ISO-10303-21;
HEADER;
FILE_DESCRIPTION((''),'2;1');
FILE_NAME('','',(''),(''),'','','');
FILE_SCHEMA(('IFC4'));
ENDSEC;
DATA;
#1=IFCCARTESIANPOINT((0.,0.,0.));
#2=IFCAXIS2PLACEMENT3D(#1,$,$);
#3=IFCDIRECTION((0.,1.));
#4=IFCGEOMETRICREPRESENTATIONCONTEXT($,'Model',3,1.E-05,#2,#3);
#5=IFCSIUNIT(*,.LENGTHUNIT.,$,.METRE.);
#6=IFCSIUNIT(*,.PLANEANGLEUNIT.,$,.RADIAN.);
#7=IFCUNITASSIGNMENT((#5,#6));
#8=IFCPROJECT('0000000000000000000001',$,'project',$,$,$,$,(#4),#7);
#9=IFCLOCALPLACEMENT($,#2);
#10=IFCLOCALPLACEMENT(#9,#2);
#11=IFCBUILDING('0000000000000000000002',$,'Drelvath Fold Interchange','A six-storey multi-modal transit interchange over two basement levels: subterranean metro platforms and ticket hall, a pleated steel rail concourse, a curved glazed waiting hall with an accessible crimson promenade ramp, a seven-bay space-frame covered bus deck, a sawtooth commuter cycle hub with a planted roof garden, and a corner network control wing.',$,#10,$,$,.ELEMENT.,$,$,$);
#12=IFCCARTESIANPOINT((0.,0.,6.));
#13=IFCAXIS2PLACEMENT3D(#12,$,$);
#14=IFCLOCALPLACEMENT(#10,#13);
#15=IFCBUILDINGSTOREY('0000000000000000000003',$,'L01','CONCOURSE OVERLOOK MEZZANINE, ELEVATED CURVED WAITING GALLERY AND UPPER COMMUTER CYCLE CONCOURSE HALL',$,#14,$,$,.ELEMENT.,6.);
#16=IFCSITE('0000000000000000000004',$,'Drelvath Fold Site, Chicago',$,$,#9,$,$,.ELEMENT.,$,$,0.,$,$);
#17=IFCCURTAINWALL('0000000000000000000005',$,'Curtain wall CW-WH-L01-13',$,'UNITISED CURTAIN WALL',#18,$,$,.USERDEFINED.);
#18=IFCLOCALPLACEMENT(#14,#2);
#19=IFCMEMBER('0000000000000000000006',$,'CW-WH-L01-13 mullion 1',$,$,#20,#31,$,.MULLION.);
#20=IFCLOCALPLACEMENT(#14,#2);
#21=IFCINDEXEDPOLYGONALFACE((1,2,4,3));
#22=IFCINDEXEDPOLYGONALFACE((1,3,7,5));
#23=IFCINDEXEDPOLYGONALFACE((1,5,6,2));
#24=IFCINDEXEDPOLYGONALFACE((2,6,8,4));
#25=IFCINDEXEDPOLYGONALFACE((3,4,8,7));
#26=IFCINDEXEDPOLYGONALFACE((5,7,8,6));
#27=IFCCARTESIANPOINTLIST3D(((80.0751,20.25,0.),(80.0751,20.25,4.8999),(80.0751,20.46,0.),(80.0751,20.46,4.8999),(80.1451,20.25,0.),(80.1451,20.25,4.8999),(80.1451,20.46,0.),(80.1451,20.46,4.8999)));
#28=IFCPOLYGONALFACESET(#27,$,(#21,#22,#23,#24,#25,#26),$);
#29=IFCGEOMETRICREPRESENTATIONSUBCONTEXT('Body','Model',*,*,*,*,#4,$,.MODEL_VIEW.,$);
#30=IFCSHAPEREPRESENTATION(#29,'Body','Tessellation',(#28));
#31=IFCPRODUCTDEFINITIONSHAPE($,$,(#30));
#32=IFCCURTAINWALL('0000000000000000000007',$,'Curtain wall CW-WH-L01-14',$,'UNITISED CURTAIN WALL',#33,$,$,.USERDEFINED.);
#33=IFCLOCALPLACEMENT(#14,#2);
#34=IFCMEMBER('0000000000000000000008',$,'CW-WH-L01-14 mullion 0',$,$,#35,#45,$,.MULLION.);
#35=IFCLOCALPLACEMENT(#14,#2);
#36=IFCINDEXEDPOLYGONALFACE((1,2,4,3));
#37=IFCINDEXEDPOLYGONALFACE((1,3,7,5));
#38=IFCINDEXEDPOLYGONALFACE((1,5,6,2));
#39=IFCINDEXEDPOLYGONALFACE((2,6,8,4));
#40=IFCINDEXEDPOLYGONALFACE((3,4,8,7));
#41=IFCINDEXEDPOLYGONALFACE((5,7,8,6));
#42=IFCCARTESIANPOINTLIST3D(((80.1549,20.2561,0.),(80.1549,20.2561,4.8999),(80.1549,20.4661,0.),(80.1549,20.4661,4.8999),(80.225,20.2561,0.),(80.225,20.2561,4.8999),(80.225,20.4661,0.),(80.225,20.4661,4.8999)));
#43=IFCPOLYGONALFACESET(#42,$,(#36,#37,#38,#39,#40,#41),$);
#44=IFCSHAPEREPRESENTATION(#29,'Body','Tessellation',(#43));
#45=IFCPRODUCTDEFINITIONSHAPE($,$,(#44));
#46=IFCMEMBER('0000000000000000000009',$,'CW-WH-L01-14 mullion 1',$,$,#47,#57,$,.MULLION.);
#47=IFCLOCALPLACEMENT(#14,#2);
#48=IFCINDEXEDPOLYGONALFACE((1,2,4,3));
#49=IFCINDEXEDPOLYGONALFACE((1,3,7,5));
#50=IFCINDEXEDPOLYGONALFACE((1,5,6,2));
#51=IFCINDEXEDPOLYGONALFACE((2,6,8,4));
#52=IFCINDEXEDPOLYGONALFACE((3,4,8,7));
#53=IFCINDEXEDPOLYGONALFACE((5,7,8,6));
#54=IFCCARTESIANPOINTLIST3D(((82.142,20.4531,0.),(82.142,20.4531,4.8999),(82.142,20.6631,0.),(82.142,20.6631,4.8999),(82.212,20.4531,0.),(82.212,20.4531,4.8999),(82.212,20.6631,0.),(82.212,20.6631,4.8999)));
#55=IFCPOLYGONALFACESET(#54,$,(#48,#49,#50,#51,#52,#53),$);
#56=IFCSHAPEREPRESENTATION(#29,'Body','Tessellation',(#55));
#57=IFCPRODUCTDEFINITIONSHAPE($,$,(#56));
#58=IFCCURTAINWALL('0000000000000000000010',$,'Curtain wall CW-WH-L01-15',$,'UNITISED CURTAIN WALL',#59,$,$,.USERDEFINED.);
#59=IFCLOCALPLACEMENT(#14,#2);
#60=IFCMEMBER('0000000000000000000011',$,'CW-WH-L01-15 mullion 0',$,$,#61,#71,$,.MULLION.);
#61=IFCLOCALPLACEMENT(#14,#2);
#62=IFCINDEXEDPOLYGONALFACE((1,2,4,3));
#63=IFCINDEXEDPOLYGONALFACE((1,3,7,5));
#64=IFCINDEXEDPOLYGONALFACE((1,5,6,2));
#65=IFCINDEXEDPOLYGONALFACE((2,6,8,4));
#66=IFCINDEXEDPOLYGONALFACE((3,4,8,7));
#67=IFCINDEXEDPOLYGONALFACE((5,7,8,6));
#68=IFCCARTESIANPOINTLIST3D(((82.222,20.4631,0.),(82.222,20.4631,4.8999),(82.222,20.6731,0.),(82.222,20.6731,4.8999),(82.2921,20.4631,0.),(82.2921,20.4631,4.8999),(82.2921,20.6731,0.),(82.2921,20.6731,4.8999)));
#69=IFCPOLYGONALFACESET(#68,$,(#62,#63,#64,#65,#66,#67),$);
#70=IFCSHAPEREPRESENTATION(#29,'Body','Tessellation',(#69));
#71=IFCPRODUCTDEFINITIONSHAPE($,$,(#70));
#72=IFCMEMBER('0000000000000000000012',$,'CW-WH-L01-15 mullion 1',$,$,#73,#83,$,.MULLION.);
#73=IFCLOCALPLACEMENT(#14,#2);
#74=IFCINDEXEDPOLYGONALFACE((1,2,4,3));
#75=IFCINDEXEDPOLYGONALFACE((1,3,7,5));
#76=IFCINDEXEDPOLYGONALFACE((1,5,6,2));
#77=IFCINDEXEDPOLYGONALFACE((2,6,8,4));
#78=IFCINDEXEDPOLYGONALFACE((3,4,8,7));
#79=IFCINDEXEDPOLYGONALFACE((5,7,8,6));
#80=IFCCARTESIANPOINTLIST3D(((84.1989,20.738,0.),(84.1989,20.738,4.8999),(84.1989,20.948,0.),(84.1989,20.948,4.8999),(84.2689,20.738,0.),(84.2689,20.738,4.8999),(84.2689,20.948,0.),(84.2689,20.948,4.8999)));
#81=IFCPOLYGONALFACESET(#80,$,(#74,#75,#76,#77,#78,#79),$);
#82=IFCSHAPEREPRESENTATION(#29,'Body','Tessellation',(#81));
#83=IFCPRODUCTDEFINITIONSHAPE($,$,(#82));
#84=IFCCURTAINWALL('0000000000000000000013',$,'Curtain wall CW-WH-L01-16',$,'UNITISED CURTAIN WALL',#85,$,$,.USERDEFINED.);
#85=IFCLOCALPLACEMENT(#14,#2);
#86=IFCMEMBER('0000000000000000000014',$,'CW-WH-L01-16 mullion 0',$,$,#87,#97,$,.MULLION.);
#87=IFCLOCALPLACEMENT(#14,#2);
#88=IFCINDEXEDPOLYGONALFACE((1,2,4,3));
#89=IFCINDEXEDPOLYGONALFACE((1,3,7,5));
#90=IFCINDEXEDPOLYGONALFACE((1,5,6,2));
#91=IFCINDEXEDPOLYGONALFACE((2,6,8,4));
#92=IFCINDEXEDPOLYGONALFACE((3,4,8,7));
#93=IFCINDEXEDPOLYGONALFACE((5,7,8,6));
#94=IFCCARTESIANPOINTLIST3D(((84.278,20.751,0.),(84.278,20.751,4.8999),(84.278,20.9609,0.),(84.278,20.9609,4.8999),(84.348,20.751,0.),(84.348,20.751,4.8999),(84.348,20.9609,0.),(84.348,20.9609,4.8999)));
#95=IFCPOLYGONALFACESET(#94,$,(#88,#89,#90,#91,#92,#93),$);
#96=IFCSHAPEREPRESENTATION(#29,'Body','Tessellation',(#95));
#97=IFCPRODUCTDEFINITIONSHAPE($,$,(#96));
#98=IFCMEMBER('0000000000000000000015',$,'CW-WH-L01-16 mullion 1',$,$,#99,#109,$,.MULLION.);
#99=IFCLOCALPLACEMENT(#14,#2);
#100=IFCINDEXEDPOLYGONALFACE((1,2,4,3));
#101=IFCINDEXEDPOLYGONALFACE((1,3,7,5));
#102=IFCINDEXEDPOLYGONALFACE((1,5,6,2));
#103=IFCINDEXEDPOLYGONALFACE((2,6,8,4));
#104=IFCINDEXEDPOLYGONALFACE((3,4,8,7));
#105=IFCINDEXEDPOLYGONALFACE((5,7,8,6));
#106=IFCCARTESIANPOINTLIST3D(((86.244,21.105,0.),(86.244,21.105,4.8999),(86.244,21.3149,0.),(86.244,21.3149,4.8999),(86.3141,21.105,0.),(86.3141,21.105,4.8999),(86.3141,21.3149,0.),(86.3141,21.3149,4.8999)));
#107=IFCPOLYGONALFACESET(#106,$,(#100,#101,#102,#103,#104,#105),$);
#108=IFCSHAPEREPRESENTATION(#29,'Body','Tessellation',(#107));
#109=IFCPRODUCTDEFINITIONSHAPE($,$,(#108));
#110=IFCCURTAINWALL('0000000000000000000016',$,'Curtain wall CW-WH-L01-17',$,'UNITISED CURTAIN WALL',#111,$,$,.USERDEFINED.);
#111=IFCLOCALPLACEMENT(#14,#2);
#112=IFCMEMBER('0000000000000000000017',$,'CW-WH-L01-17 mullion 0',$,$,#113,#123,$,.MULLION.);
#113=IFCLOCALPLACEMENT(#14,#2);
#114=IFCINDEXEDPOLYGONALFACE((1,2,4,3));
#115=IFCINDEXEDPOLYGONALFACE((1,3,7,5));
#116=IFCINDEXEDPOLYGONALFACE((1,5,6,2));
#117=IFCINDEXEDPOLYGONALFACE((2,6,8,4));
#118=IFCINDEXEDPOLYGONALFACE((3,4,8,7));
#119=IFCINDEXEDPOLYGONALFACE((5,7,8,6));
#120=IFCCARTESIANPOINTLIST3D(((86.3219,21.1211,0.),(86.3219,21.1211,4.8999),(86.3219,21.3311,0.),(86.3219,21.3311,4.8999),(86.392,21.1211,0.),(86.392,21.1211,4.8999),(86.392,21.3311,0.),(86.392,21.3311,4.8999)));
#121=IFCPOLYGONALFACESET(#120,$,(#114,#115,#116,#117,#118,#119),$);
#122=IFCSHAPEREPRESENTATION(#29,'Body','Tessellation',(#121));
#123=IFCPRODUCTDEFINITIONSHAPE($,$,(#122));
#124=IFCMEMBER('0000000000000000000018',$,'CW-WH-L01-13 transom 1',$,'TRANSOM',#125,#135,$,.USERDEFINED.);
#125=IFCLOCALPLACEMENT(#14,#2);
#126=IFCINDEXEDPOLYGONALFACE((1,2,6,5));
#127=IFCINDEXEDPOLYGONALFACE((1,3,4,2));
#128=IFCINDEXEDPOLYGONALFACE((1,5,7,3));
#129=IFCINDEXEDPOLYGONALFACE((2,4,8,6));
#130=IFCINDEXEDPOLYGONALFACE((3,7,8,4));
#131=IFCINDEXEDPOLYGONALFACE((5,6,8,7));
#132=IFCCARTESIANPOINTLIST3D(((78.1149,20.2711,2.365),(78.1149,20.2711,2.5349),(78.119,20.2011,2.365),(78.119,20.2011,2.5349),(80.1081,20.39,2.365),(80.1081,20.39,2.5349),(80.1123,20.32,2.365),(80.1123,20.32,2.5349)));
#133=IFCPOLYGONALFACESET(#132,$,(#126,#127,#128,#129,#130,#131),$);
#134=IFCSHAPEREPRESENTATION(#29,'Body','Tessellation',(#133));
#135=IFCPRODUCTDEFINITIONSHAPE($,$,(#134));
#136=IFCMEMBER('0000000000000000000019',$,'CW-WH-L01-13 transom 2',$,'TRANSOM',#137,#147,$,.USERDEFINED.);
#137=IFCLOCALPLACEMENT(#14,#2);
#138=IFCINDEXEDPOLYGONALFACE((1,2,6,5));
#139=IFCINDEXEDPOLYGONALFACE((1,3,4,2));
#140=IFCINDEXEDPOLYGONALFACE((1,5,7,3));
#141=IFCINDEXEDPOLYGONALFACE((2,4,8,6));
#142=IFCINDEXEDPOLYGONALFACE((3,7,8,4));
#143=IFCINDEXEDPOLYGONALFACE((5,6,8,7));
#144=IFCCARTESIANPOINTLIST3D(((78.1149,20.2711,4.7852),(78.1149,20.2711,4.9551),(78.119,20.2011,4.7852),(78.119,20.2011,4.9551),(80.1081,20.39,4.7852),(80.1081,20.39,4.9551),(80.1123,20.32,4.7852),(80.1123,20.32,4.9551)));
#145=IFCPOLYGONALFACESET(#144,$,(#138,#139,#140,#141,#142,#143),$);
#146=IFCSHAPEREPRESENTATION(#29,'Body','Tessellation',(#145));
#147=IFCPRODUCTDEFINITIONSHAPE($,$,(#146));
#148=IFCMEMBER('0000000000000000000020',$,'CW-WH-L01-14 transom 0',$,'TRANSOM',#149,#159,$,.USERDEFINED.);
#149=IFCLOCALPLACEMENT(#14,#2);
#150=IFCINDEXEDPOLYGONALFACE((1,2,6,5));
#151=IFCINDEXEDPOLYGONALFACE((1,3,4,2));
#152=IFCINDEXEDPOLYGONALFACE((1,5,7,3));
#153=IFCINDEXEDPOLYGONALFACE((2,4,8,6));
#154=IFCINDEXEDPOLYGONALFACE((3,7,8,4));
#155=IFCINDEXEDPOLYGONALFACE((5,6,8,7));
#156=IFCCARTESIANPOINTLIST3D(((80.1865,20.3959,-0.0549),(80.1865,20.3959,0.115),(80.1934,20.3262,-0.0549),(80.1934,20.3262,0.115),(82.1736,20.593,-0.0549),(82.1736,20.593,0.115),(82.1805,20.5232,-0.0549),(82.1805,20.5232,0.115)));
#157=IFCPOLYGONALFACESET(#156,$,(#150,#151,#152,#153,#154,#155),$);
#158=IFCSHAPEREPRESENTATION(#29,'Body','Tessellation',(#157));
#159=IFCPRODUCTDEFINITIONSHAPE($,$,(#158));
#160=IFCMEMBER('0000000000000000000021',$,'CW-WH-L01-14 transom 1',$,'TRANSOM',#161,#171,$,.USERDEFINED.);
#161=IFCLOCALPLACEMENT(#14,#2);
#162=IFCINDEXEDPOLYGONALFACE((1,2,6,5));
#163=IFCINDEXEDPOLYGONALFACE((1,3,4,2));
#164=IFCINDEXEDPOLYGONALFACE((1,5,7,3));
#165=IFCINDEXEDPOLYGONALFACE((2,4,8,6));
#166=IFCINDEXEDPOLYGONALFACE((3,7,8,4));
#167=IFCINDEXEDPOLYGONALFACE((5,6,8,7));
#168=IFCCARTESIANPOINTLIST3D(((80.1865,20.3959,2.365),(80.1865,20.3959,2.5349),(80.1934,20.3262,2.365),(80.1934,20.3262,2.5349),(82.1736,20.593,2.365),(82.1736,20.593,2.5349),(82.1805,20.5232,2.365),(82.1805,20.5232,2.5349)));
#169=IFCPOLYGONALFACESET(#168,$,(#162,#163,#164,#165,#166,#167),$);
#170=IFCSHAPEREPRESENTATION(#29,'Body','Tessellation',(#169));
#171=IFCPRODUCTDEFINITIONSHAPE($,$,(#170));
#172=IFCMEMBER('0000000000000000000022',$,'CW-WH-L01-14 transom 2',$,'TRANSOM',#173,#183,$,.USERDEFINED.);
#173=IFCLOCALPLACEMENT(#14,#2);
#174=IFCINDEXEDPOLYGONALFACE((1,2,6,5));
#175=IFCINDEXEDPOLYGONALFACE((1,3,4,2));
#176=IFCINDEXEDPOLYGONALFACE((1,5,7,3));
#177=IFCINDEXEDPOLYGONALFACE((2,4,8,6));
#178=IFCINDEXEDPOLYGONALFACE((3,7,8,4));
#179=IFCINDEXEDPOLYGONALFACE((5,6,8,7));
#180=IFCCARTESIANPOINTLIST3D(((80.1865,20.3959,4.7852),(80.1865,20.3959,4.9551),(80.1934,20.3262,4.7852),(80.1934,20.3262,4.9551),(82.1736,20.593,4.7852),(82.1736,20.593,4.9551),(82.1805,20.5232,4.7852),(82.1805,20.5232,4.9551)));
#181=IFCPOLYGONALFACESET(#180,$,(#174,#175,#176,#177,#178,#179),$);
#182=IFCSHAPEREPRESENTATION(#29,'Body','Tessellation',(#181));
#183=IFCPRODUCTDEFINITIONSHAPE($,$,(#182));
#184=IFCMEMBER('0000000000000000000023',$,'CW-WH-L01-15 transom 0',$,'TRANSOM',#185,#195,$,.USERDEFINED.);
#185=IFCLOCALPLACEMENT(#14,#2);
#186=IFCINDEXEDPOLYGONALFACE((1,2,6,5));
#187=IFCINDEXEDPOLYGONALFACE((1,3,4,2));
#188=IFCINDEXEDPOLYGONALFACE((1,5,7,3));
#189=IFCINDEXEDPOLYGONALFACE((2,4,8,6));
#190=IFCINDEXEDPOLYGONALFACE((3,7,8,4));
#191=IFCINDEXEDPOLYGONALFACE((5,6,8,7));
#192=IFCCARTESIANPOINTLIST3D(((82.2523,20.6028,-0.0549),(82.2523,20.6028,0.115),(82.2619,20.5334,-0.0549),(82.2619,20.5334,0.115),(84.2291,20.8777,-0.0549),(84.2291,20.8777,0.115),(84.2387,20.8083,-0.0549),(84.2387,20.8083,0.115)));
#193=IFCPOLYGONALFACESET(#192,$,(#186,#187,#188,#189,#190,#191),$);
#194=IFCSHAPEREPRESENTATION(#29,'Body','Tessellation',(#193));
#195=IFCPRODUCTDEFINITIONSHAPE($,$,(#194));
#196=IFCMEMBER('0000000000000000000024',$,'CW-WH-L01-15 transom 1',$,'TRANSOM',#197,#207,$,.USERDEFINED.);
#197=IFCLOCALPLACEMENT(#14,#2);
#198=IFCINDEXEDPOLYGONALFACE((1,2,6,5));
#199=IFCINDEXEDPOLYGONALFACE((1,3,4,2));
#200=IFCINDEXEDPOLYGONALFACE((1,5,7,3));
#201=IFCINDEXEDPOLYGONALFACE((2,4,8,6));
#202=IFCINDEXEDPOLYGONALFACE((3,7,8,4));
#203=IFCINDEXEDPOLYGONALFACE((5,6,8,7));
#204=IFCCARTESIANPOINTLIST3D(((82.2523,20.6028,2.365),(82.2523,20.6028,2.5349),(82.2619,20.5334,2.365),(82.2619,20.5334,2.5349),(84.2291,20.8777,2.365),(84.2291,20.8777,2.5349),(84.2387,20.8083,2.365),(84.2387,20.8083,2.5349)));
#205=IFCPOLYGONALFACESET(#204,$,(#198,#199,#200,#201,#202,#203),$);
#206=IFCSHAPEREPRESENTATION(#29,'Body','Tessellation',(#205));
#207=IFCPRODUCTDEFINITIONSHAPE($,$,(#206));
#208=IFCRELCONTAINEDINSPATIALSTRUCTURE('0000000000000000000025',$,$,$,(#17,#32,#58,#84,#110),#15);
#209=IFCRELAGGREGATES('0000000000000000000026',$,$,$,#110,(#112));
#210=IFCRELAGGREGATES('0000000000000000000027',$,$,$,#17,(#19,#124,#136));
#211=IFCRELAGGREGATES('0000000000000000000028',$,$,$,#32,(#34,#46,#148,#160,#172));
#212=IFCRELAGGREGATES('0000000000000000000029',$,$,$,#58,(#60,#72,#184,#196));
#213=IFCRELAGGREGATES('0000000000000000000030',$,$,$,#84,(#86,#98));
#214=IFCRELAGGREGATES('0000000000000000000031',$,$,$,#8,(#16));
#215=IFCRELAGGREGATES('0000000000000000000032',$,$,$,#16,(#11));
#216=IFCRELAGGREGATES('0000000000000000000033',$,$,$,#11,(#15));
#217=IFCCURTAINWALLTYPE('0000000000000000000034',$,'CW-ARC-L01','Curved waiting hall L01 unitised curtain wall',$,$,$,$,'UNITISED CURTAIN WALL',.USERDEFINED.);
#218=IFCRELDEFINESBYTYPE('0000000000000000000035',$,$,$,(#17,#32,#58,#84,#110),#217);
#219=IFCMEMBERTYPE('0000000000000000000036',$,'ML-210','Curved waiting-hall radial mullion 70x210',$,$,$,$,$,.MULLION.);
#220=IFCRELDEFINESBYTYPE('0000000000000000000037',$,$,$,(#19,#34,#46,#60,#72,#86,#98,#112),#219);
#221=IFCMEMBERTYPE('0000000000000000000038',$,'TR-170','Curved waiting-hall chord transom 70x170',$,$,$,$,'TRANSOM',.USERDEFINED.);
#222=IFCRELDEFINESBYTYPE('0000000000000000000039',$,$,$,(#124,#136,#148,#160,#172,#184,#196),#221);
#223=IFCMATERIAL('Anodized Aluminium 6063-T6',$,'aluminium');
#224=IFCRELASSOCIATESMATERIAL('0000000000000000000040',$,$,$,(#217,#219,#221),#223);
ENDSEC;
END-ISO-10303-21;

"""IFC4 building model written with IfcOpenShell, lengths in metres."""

from ifc_helpers import new_model, si_unit, direction, frame, origin, origin_2d, place, context, subcontext, project, spatial, rectangle, extrude, material, material_profile, profile_set, type_object, element, aggregate, save


model = new_model("IFC4")

# Units and contexts
model_context = context("Model", 3, precision=1e-05, world=origin(), true_north=direction((0.0, 1.0)))
body_context = subcontext(model_context, "Body", "Model", "MODEL_VIEW")
ifc_project = project(units=[si_unit("LENGTHUNIT", "METRE"), si_unit("PLANEANGLEUNIT", "RADIAN")], contexts=[model_context])

# Site, building, storey
site_placement = place(None, origin())
site = spatial("IfcSite", under=ifc_project, at=site_placement, Name="Drelvath Fold Site, Chicago", CompositionType="ELEMENT", RefElevation=0.0)
building_placement = place(site_placement, origin())
building = spatial("IfcBuilding", under=site, at=building_placement, Name="Drelvath Fold Interchange", Description="A six-storey multi-modal transit interchange over two basement levels: subterranean metro platforms and ticket hall, a pleated steel rail concourse, a curved glazed waiting hall with an accessible crimson promenade ramp, a seven-bay space-frame covered bus deck, a sawtooth commuter cycle hub with a planted roof garden, and a corner network control wing.", CompositionType="ELEMENT")
storey_placement = place(building_placement, frame((0.0, 0.0, 6.0)))
storey = spatial("IfcBuildingStorey", under=building, at=storey_placement, Name="L01", Description="CONCOURSE OVERLOOK MEZZANINE, ELEVATED CURVED WAITING GALLERY AND UPPER COMMUTER CYCLE CONCOURSE HALL", CompositionType="ELEMENT", Elevation=6.0)

# Curtain wall, member
ifc_material_1 = material(Name="Anodized Aluminium 6063-T6", Category="aluminium")
curtain_wall_type = type_object("IfcCurtainWallType", Name="CW-ARC-L01", Description="Curved waiting hall L01 unitised curtain wall", ElementType="UNITISED CURTAIN WALL", PredefinedType="USERDEFINED", material=ifc_material_1)
curtain_wall_1_placement = place(storey_placement, origin())
curtain_wall_1 = element("IfcCurtainWall", 1, at=curtain_wall_1_placement, inside=storey, type_object=curtain_wall_type, Name="Curtain wall CW-WH-L01-13", ObjectType="UNITISED CURTAIN WALL", PredefinedType="USERDEFINED")
ifc_material_profile_1 = material_profile(ifc_material_1, rectangle(XDim=0.0701, YDim=0.21, at=origin_2d()), Name="AL-M 70x210")
ifc_profile_set_1 = profile_set([ifc_material_profile_1], Name="Anodized Aluminium 6063-T6")
member_type_1 = type_object("IfcMemberType", Name="ML-210", Description="Curved waiting-hall radial mullion 70x210", PredefinedType="MULLION", material=ifc_profile_set_1)
member_1_placement = place(storey_placement, frame((80.1101, 20.355, 0.0), z_axis=(0.0, 0.0, 1.0), x_axis=(1.0, 0.0, 0.0)))
member_1 = element("IfcMember", 2, at=member_1_placement, type_object=member_type_1, Name="CW-WH-L01-13 mullion 1", PredefinedType="MULLION", context=body_context, shape_type="SweptSolid", body=[
    extrude(rectangle(XDim=0.0701, YDim=0.21, at=origin_2d()), origin(), (0.0, 0.0, 1.0), 4.8999),
])

# Curtain walls, members
curtain_wall_2_placement = place(storey_placement, origin())
curtain_wall_2 = element("IfcCurtainWall", 3, at=curtain_wall_2_placement, inside=storey, type_object=curtain_wall_type, Name="Curtain wall CW-WH-L01-14", ObjectType="UNITISED CURTAIN WALL", PredefinedType="USERDEFINED")
member_2_placement = place(storey_placement, frame((80.1899, 20.3611, 0.0), z_axis=(0.0, 0.0, 1.0), x_axis=(1.0, 0.0, 0.0)))
member_2 = element("IfcMember", 4, at=member_2_placement, type_object=member_type_1, Name="CW-WH-L01-14 mullion 0", PredefinedType="MULLION", context=body_context, shape_type="SweptSolid", body=[
    extrude(rectangle(XDim=0.0701, YDim=0.21, at=origin_2d()), origin(), (0.0, 0.0, 1.0), 4.8999),
])
member_3_placement = place(storey_placement, frame((82.177, 20.5581, 0.0), z_axis=(0.0, 0.0, 1.0), x_axis=(1.0, 0.0, 0.0)))
member_3 = element("IfcMember", 5, at=member_3_placement, type_object=member_type_1, Name="CW-WH-L01-14 mullion 1", PredefinedType="MULLION", context=body_context, shape_type="SweptSolid", body=[
    extrude(rectangle(XDim=0.0701, YDim=0.21, at=origin_2d()), origin(), (0.0, 0.0, 1.0), 4.8999),
])
curtain_wall_3_placement = place(storey_placement, origin())
curtain_wall_3 = element("IfcCurtainWall", 6, at=curtain_wall_3_placement, inside=storey, type_object=curtain_wall_type, Name="Curtain wall CW-WH-L01-15", ObjectType="UNITISED CURTAIN WALL", PredefinedType="USERDEFINED")
member_4_placement = place(storey_placement, frame((82.2571, 20.5681, 0.0), z_axis=(0.0, 0.0, 1.0), x_axis=(1.0, 0.0, 0.0)))
member_4 = element("IfcMember", 7, at=member_4_placement, type_object=member_type_1, Name="CW-WH-L01-15 mullion 0", PredefinedType="MULLION", context=body_context, shape_type="SweptSolid", body=[
    extrude(rectangle(XDim=0.0701, YDim=0.21, at=origin_2d()), origin(), (0.0, 0.0, 1.0), 4.8999),
])
member_5_placement = place(storey_placement, frame((84.2339, 20.843, 0.0), z_axis=(0.0, 0.0, 1.0), x_axis=(1.0, 0.0, 0.0)))
member_5 = element("IfcMember", 8, at=member_5_placement, type_object=member_type_1, Name="CW-WH-L01-15 mullion 1", PredefinedType="MULLION", context=body_context, shape_type="SweptSolid", body=[
    extrude(rectangle(XDim=0.0701, YDim=0.21, at=origin_2d()), origin(), (0.0, 0.0, 1.0), 4.8999),
])
curtain_wall_4_placement = place(storey_placement, origin())
curtain_wall_4 = element("IfcCurtainWall", 9, at=curtain_wall_4_placement, inside=storey, type_object=curtain_wall_type, Name="Curtain wall CW-WH-L01-16", ObjectType="UNITISED CURTAIN WALL", PredefinedType="USERDEFINED")
member_6_placement = place(storey_placement, frame((84.313, 20.856, 0.0), z_axis=(0.0, 0.0, 1.0), x_axis=(1.0, 0.0, 0.0)))
member_6 = element("IfcMember", 10, at=member_6_placement, type_object=member_type_1, Name="CW-WH-L01-16 mullion 0", PredefinedType="MULLION", context=body_context, shape_type="SweptSolid", body=[
    extrude(rectangle(XDim=0.0701, YDim=0.21, at=origin_2d()), origin(), (0.0, 0.0, 1.0), 4.8999),
])
member_7_placement = place(storey_placement, frame((86.2791, 21.21, 0.0), z_axis=(0.0, 0.0, 1.0), x_axis=(1.0, 0.0, 0.0)))
member_7 = element("IfcMember", 11, at=member_7_placement, type_object=member_type_1, Name="CW-WH-L01-16 mullion 1", PredefinedType="MULLION", context=body_context, shape_type="SweptSolid", body=[
    extrude(rectangle(XDim=0.0701, YDim=0.21, at=origin_2d()), origin(), (0.0, 0.0, 1.0), 4.8999),
])

# Curtain wall, member
curtain_wall_5_placement = place(storey_placement, origin())
curtain_wall_5 = element("IfcCurtainWall", 12, at=curtain_wall_5_placement, inside=storey, type_object=curtain_wall_type, Name="Curtain wall CW-WH-L01-17", ObjectType="UNITISED CURTAIN WALL", PredefinedType="USERDEFINED")
member_8_placement = place(storey_placement, frame((86.3569, 21.2261, 0.0), z_axis=(0.0, 0.0, 1.0), x_axis=(1.0, 0.0, 0.0)))
member_8 = element("IfcMember", 13, at=member_8_placement, type_object=member_type_1, Name="CW-WH-L01-17 mullion 0", PredefinedType="MULLION", context=body_context, shape_type="SweptSolid", body=[
    extrude(rectangle(XDim=0.0701, YDim=0.21, at=origin_2d()), origin(), (0.0, 0.0, 1.0), 4.8999),
])
aggregate(curtain_wall_5, [member_8])

# Members
ifc_material_profile_2 = material_profile(ifc_material_1, rectangle(XDim=0.0701, YDim=0.1699, at=origin_2d()), Name="AL-T 70x170")
ifc_profile_set_2 = profile_set([ifc_material_profile_2], Name="Anodized Aluminium 6063-T6")
member_type_2 = type_object("IfcMemberType", Name="TR-170", Description="Curved waiting-hall chord transom 70x170", ElementType="TRANSOM", PredefinedType="USERDEFINED", material=ifc_profile_set_2)
member_9_placement = place(storey_placement, frame((78.1169, 20.2361, 2.45), z_axis=(0.998226, 0.059546, 0.0), x_axis=(-0.059546, 0.998226, 0.0)))
member_9 = element("IfcMember", 14, at=member_9_placement, type_object=member_type_2, Name="CW-WH-L01-13 transom 1", ObjectType="TRANSOM", PredefinedType="USERDEFINED", context=body_context, shape_type="SweptSolid", body=[
    extrude(rectangle(XDim=0.0701, YDim=0.1699, at=origin_2d()), origin(), (0.0, 0.0, 1.0), 1.9968),
])
member_10_placement = place(storey_placement, frame((78.1169, 20.2361, 4.8701), z_axis=(0.998226, 0.059546, 0.0), x_axis=(-0.059546, 0.998226, 0.0)))
member_10 = element("IfcMember", 15, at=member_10_placement, type_object=member_type_2, Name="CW-WH-L01-13 transom 2", ObjectType="TRANSOM", PredefinedType="USERDEFINED", context=body_context, shape_type="SweptSolid", body=[
    extrude(rectangle(XDim=0.0701, YDim=0.1699, at=origin_2d()), origin(), (0.0, 0.0, 1.0), 1.9968),
])
member_11_placement = place(storey_placement, frame((80.1899, 20.3611, 0.03), z_axis=(0.99512, 0.098668, 0.0), x_axis=(-0.098668, 0.99512, 0.0)))
member_11 = element("IfcMember", 16, at=member_11_placement, type_object=member_type_2, Name="CW-WH-L01-14 transom 0", ObjectType="TRANSOM", PredefinedType="USERDEFINED", context=body_context, shape_type="SweptSolid", body=[
    extrude(rectangle(XDim=0.0701, YDim=0.1699, at=origin_2d()), origin(), (0.0, 0.0, 1.0), 1.9968),
])
member_12_placement = place(storey_placement, frame((80.1899, 20.3611, 2.45), z_axis=(0.99512, 0.098668, 0.0), x_axis=(-0.098668, 0.99512, 0.0)))
member_12 = element("IfcMember", 17, at=member_12_placement, type_object=member_type_2, Name="CW-WH-L01-14 transom 1", ObjectType="TRANSOM", PredefinedType="USERDEFINED", context=body_context, shape_type="SweptSolid", body=[
    extrude(rectangle(XDim=0.0701, YDim=0.1699, at=origin_2d()), origin(), (0.0, 0.0, 1.0), 1.9968),
])
member_13_placement = place(storey_placement, frame((80.1899, 20.3611, 4.8701), z_axis=(0.99512, 0.098668, 0.0), x_axis=(-0.098668, 0.99512, 0.0)))
member_13 = element("IfcMember", 18, at=member_13_placement, type_object=member_type_2, Name="CW-WH-L01-14 transom 2", ObjectType="TRANSOM", PredefinedType="USERDEFINED", context=body_context, shape_type="SweptSolid", body=[
    extrude(rectangle(XDim=0.0701, YDim=0.1699, at=origin_2d()), origin(), (0.0, 0.0, 1.0), 1.9968),
])
member_14_placement = place(storey_placement, frame((82.2571, 20.5681, 0.03), z_axis=(0.990469, 0.137738, 0.0), x_axis=(-0.137738, 0.990469, 0.0)))
member_14 = element("IfcMember", 19, at=member_14_placement, type_object=member_type_2, Name="CW-WH-L01-15 transom 0", ObjectType="TRANSOM", PredefinedType="USERDEFINED", context=body_context, shape_type="SweptSolid", body=[
    extrude(rectangle(XDim=0.0701, YDim=0.1699, at=origin_2d()), origin(), (0.0, 0.0, 1.0), 1.9958),
])
member_15_placement = place(storey_placement, frame((82.2571, 20.5681, 2.45), z_axis=(0.990469, 0.137738, 0.0), x_axis=(-0.137738, 0.990469, 0.0)))
member_15 = element("IfcMember", 20, at=member_15_placement, type_object=member_type_2, Name="CW-WH-L01-15 transom 1", ObjectType="TRANSOM", PredefinedType="USERDEFINED", context=body_context, shape_type="SweptSolid", body=[
    extrude(rectangle(XDim=0.0701, YDim=0.1699, at=origin_2d()), origin(), (0.0, 0.0, 1.0), 1.9958),
])

aggregate(curtain_wall_1, [member_1, member_9, member_10])
aggregate(curtain_wall_2, [member_2, member_3, member_11, member_12, member_13])
aggregate(curtain_wall_3, [member_4, member_5, member_14, member_15])
aggregate(curtain_wall_4, [member_6, member_7])

save(model, "model.ifc")
